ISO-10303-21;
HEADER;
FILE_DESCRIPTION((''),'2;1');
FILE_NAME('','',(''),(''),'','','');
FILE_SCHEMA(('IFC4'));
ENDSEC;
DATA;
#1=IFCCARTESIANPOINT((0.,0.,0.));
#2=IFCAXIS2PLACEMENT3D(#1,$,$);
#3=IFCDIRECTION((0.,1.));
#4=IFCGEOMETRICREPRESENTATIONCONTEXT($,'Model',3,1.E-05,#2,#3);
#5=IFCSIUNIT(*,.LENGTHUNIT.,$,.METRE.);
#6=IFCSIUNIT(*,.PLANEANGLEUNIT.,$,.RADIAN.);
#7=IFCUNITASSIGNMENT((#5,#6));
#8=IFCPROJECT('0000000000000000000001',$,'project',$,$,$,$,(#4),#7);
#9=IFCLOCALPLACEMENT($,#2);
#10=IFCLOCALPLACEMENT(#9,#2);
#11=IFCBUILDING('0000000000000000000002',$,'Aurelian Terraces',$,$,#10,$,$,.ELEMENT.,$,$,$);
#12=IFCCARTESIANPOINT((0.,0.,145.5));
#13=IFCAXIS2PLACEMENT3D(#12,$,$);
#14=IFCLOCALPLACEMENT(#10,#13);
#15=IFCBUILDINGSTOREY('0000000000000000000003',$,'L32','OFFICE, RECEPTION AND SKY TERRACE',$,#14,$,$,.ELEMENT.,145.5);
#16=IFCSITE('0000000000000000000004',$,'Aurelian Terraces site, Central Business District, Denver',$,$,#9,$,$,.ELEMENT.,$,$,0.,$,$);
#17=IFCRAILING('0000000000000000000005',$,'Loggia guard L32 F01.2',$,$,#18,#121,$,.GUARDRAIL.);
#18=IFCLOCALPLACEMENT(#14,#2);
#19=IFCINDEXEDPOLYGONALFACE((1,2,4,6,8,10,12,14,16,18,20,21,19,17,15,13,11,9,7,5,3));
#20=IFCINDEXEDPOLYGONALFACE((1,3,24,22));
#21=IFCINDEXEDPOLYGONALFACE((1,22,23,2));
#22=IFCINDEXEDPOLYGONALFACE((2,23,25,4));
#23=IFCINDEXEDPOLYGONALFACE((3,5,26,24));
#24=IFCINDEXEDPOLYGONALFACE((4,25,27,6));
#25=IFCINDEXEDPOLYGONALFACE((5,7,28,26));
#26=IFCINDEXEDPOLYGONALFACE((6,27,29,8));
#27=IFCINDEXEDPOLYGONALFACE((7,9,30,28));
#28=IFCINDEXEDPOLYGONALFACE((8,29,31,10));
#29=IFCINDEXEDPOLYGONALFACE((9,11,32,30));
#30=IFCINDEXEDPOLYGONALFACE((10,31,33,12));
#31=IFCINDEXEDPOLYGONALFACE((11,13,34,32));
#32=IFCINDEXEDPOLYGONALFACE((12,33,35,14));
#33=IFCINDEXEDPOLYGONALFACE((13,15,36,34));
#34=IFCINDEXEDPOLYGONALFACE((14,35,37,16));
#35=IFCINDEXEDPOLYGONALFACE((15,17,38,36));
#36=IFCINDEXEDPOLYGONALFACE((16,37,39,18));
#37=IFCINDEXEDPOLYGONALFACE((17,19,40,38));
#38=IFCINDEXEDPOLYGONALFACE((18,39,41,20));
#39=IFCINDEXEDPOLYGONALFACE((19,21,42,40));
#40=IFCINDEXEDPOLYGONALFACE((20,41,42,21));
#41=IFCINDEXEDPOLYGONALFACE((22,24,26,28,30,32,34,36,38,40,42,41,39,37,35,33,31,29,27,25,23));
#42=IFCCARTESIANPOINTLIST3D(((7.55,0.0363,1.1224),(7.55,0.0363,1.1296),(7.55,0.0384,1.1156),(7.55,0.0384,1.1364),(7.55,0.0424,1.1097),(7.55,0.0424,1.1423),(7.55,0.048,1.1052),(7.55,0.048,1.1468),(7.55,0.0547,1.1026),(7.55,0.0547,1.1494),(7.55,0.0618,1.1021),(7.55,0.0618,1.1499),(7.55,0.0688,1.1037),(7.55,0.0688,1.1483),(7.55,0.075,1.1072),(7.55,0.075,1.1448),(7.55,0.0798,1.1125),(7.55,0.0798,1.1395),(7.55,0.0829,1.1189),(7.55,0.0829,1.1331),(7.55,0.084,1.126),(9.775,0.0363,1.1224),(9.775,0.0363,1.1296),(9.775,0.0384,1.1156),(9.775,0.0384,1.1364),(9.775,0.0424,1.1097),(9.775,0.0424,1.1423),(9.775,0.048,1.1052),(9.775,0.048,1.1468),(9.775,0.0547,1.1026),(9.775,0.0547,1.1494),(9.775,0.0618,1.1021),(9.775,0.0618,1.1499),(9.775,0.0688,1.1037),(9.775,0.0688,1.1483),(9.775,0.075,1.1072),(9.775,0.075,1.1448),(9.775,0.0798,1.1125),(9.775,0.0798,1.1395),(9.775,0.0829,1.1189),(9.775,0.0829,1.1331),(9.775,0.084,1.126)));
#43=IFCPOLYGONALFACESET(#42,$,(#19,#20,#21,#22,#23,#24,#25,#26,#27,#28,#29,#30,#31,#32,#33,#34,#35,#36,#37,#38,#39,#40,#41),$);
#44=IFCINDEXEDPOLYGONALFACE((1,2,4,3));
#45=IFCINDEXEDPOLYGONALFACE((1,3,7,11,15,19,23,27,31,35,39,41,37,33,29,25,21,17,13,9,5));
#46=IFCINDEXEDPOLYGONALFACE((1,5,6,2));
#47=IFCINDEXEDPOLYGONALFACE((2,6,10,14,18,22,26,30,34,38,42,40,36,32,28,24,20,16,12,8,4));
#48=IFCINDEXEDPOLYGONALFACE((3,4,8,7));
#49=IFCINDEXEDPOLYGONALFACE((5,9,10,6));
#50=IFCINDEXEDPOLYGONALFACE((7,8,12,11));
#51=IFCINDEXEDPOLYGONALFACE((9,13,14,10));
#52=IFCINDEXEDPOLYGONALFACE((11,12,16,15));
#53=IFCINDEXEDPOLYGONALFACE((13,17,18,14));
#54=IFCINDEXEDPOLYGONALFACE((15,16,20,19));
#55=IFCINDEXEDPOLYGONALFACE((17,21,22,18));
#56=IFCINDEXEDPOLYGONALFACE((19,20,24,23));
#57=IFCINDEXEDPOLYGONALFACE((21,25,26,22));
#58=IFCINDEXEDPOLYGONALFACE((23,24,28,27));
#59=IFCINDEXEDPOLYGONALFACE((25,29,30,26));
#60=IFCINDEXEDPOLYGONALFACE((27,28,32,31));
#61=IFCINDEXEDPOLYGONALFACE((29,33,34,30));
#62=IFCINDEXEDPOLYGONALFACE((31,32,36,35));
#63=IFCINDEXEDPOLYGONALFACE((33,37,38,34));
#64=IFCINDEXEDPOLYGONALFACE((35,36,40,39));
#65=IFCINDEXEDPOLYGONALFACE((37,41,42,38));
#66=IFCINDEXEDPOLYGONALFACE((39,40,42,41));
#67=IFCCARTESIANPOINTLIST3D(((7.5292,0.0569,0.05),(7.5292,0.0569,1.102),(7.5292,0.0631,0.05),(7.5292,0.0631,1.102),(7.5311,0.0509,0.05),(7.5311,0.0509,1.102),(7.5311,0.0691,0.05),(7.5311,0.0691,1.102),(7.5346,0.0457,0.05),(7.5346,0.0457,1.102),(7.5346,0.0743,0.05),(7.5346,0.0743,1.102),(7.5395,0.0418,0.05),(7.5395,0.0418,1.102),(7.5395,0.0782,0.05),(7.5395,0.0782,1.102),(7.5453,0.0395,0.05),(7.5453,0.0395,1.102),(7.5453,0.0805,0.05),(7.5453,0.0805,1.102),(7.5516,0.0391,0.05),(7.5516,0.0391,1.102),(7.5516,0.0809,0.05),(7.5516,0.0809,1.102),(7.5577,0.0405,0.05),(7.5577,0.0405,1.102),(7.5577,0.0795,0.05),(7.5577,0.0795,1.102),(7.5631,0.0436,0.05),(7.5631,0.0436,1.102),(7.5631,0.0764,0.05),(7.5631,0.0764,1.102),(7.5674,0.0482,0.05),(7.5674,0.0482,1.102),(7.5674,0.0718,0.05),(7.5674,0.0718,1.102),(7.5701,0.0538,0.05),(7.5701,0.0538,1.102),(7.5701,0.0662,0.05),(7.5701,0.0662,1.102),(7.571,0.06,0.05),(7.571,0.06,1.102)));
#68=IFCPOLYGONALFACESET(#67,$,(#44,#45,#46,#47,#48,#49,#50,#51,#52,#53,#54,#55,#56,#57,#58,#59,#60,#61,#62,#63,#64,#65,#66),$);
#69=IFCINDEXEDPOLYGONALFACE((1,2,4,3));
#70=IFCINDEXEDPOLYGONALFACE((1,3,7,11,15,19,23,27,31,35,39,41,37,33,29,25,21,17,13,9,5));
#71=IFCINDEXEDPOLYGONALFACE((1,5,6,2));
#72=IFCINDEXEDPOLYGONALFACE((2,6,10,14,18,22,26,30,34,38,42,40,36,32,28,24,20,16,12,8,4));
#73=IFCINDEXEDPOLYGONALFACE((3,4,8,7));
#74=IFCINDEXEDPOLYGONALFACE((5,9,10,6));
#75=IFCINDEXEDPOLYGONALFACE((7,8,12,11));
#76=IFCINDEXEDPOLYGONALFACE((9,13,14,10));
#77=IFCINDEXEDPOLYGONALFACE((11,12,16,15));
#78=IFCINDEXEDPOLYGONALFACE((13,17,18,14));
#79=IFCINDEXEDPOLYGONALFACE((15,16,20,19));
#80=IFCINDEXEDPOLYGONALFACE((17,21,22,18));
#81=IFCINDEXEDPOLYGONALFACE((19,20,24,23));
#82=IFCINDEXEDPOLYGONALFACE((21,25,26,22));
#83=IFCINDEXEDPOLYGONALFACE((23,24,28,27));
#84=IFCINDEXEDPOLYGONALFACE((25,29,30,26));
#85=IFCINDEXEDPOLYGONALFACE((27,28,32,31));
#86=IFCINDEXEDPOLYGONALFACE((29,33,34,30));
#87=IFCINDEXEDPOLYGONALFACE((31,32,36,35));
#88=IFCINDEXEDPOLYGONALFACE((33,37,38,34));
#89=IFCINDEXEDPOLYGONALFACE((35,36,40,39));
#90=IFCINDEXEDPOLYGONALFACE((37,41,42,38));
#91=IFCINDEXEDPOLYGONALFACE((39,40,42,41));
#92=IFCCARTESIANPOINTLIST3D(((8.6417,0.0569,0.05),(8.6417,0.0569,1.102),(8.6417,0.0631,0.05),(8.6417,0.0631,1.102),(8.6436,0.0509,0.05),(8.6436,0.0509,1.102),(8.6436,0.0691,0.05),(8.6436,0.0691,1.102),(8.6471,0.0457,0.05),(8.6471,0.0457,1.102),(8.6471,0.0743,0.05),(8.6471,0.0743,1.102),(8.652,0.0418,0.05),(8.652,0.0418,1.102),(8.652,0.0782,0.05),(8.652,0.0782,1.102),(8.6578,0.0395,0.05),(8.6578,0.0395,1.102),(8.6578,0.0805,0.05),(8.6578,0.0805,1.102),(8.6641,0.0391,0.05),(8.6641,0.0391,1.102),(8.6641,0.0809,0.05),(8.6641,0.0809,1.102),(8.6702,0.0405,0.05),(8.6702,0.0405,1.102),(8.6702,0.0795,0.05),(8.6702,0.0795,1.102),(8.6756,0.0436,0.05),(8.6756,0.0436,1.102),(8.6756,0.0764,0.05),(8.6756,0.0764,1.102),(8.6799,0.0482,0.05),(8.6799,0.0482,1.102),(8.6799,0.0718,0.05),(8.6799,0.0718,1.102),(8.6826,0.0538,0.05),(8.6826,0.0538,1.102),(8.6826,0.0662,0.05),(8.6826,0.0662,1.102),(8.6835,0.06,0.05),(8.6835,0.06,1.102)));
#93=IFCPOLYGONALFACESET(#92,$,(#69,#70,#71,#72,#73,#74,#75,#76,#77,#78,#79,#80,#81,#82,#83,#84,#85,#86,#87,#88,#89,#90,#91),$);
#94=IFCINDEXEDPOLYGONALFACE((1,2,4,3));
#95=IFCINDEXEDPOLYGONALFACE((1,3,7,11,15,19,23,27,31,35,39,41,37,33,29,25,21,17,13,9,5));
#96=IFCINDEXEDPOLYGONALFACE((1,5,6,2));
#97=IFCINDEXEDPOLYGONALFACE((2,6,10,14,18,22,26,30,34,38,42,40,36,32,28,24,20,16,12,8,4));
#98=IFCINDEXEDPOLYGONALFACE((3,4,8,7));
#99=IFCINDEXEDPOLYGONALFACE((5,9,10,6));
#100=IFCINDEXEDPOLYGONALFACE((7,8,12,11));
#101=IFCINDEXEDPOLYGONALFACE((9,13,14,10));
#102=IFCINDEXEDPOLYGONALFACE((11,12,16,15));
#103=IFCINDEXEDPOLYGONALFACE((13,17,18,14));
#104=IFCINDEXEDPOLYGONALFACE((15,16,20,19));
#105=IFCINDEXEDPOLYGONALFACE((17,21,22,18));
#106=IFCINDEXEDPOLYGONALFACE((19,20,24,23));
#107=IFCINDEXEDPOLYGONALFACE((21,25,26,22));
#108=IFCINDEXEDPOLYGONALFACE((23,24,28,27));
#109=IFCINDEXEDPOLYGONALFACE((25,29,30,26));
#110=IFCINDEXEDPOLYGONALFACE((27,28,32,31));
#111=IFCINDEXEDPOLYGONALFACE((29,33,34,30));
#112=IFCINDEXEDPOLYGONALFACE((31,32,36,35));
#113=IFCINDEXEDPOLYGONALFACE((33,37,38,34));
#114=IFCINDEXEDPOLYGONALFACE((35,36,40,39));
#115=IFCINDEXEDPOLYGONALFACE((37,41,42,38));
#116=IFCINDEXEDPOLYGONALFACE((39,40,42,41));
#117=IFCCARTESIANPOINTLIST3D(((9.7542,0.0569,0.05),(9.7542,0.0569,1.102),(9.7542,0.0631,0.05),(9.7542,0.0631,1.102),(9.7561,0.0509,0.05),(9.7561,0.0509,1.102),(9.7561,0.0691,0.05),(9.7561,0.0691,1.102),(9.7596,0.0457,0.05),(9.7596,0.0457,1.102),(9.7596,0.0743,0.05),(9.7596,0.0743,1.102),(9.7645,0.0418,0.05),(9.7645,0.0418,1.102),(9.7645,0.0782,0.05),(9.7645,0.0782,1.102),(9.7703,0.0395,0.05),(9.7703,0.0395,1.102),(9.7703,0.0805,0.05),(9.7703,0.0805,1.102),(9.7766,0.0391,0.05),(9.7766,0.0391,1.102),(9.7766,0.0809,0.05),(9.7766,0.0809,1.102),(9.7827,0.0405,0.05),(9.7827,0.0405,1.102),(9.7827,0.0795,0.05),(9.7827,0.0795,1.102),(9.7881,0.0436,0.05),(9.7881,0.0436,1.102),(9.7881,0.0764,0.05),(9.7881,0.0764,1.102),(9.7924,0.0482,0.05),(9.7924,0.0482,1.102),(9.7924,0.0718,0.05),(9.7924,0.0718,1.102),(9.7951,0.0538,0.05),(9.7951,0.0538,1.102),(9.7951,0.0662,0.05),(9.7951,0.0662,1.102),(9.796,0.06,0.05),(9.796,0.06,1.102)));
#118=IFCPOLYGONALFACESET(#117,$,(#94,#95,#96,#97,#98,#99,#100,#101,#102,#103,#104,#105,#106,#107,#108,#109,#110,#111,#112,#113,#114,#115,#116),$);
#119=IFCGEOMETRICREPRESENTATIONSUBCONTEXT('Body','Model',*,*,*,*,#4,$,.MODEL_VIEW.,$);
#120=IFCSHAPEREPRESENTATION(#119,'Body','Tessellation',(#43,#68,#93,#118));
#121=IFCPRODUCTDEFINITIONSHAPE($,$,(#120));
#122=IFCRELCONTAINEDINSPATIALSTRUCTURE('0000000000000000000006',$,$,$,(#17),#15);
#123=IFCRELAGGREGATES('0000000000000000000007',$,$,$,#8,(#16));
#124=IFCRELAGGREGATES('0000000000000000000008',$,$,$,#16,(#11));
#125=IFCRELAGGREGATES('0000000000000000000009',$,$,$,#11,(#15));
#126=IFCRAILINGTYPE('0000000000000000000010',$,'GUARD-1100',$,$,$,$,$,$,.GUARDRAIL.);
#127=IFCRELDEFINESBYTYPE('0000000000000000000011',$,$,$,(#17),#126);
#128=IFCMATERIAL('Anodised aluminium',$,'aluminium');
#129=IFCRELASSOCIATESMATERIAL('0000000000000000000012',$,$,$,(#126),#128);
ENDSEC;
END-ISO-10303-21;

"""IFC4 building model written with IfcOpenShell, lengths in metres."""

from ifc_helpers import new_model, si_unit, direction, frame, origin, origin_2d, place, context, subcontext, project, spatial, circle, extrude, source, transform, mapped, material, type_object, element, save


model = new_model("IFC4")

# Units and contexts
model_context = context("Model", 3, precision=1e-05, world=origin(), true_north=direction((0.0, 1.0)))
body_context = subcontext(model_context, "Body", "Model", "MODEL_VIEW")
ifc_project = project(units=[si_unit("LENGTHUNIT", "METRE"), si_unit("PLANEANGLEUNIT", "RADIAN")], contexts=[model_context])

# Site, building, storey
site_placement = place(None, origin())
site = spatial("IfcSite", under=ifc_project, at=site_placement, Name="Aurelian Terraces site, Central Business District, Denver", CompositionType="ELEMENT", RefElevation=0.0)
building_placement = place(site_placement, origin())
building = spatial("IfcBuilding", under=site, at=building_placement, Name="Aurelian Terraces", CompositionType="ELEMENT")
storey_placement = place(building_placement, frame((0.0, 0.0, 145.5)))
storey = spatial("IfcBuildingStorey", under=building, at=storey_placement, Name="L32", Description="OFFICE, RECEPTION AND SKY TERRACE", CompositionType="ELEMENT", Elevation=145.5)

# Shared definitions
ifc_material_1 = material(Name="Anodised aluminium", Category="aluminium")
railing_type = type_object("IfcRailingType", Name="GUARD-1100", PredefinedType="GUARDRAIL", material=ifc_material_1)

# Railing
shared_shape_1 = source(origin(), body_context, "Body", "SweptSolid", [
    extrude(circle(Radius=0.024, at=origin_2d()), frame((0.0, 0.0, 1.076), z_axis=(1.0, 0.0, 0.0), x_axis=(0.0, 1.0, 0.0)), (0.0, 0.0, 1.0), 2.225),
    extrude(circle(Radius=0.021, at=origin_2d()), origin(), (0.0, 0.0, 1.0), 1.052),
    extrude(circle(Radius=0.021, at=origin_2d()), frame((1.1125, 0.0, 0.0)), (0.0, 0.0, 1.0), 1.052),
    extrude(circle(Radius=0.021, at=origin_2d()), frame((2.225, 0.0, 0.0)), (0.0, 0.0, 1.0), 1.052),
])
railing_1_placement = place(storey_placement, frame((7.55, 0.06, 0.05)))
element("IfcRailing", 1, at=railing_1_placement, inside=storey, type_object=railing_type, Name="Loggia guard L32 F01.2", PredefinedType="GUARDRAIL", context=body_context, shape_type="MappedRepresentation", body=[
    mapped(shared_shape_1, transform((0.0, 0.0, 0.0), scale=1.0)),
])

save(model, "model.ifc")
